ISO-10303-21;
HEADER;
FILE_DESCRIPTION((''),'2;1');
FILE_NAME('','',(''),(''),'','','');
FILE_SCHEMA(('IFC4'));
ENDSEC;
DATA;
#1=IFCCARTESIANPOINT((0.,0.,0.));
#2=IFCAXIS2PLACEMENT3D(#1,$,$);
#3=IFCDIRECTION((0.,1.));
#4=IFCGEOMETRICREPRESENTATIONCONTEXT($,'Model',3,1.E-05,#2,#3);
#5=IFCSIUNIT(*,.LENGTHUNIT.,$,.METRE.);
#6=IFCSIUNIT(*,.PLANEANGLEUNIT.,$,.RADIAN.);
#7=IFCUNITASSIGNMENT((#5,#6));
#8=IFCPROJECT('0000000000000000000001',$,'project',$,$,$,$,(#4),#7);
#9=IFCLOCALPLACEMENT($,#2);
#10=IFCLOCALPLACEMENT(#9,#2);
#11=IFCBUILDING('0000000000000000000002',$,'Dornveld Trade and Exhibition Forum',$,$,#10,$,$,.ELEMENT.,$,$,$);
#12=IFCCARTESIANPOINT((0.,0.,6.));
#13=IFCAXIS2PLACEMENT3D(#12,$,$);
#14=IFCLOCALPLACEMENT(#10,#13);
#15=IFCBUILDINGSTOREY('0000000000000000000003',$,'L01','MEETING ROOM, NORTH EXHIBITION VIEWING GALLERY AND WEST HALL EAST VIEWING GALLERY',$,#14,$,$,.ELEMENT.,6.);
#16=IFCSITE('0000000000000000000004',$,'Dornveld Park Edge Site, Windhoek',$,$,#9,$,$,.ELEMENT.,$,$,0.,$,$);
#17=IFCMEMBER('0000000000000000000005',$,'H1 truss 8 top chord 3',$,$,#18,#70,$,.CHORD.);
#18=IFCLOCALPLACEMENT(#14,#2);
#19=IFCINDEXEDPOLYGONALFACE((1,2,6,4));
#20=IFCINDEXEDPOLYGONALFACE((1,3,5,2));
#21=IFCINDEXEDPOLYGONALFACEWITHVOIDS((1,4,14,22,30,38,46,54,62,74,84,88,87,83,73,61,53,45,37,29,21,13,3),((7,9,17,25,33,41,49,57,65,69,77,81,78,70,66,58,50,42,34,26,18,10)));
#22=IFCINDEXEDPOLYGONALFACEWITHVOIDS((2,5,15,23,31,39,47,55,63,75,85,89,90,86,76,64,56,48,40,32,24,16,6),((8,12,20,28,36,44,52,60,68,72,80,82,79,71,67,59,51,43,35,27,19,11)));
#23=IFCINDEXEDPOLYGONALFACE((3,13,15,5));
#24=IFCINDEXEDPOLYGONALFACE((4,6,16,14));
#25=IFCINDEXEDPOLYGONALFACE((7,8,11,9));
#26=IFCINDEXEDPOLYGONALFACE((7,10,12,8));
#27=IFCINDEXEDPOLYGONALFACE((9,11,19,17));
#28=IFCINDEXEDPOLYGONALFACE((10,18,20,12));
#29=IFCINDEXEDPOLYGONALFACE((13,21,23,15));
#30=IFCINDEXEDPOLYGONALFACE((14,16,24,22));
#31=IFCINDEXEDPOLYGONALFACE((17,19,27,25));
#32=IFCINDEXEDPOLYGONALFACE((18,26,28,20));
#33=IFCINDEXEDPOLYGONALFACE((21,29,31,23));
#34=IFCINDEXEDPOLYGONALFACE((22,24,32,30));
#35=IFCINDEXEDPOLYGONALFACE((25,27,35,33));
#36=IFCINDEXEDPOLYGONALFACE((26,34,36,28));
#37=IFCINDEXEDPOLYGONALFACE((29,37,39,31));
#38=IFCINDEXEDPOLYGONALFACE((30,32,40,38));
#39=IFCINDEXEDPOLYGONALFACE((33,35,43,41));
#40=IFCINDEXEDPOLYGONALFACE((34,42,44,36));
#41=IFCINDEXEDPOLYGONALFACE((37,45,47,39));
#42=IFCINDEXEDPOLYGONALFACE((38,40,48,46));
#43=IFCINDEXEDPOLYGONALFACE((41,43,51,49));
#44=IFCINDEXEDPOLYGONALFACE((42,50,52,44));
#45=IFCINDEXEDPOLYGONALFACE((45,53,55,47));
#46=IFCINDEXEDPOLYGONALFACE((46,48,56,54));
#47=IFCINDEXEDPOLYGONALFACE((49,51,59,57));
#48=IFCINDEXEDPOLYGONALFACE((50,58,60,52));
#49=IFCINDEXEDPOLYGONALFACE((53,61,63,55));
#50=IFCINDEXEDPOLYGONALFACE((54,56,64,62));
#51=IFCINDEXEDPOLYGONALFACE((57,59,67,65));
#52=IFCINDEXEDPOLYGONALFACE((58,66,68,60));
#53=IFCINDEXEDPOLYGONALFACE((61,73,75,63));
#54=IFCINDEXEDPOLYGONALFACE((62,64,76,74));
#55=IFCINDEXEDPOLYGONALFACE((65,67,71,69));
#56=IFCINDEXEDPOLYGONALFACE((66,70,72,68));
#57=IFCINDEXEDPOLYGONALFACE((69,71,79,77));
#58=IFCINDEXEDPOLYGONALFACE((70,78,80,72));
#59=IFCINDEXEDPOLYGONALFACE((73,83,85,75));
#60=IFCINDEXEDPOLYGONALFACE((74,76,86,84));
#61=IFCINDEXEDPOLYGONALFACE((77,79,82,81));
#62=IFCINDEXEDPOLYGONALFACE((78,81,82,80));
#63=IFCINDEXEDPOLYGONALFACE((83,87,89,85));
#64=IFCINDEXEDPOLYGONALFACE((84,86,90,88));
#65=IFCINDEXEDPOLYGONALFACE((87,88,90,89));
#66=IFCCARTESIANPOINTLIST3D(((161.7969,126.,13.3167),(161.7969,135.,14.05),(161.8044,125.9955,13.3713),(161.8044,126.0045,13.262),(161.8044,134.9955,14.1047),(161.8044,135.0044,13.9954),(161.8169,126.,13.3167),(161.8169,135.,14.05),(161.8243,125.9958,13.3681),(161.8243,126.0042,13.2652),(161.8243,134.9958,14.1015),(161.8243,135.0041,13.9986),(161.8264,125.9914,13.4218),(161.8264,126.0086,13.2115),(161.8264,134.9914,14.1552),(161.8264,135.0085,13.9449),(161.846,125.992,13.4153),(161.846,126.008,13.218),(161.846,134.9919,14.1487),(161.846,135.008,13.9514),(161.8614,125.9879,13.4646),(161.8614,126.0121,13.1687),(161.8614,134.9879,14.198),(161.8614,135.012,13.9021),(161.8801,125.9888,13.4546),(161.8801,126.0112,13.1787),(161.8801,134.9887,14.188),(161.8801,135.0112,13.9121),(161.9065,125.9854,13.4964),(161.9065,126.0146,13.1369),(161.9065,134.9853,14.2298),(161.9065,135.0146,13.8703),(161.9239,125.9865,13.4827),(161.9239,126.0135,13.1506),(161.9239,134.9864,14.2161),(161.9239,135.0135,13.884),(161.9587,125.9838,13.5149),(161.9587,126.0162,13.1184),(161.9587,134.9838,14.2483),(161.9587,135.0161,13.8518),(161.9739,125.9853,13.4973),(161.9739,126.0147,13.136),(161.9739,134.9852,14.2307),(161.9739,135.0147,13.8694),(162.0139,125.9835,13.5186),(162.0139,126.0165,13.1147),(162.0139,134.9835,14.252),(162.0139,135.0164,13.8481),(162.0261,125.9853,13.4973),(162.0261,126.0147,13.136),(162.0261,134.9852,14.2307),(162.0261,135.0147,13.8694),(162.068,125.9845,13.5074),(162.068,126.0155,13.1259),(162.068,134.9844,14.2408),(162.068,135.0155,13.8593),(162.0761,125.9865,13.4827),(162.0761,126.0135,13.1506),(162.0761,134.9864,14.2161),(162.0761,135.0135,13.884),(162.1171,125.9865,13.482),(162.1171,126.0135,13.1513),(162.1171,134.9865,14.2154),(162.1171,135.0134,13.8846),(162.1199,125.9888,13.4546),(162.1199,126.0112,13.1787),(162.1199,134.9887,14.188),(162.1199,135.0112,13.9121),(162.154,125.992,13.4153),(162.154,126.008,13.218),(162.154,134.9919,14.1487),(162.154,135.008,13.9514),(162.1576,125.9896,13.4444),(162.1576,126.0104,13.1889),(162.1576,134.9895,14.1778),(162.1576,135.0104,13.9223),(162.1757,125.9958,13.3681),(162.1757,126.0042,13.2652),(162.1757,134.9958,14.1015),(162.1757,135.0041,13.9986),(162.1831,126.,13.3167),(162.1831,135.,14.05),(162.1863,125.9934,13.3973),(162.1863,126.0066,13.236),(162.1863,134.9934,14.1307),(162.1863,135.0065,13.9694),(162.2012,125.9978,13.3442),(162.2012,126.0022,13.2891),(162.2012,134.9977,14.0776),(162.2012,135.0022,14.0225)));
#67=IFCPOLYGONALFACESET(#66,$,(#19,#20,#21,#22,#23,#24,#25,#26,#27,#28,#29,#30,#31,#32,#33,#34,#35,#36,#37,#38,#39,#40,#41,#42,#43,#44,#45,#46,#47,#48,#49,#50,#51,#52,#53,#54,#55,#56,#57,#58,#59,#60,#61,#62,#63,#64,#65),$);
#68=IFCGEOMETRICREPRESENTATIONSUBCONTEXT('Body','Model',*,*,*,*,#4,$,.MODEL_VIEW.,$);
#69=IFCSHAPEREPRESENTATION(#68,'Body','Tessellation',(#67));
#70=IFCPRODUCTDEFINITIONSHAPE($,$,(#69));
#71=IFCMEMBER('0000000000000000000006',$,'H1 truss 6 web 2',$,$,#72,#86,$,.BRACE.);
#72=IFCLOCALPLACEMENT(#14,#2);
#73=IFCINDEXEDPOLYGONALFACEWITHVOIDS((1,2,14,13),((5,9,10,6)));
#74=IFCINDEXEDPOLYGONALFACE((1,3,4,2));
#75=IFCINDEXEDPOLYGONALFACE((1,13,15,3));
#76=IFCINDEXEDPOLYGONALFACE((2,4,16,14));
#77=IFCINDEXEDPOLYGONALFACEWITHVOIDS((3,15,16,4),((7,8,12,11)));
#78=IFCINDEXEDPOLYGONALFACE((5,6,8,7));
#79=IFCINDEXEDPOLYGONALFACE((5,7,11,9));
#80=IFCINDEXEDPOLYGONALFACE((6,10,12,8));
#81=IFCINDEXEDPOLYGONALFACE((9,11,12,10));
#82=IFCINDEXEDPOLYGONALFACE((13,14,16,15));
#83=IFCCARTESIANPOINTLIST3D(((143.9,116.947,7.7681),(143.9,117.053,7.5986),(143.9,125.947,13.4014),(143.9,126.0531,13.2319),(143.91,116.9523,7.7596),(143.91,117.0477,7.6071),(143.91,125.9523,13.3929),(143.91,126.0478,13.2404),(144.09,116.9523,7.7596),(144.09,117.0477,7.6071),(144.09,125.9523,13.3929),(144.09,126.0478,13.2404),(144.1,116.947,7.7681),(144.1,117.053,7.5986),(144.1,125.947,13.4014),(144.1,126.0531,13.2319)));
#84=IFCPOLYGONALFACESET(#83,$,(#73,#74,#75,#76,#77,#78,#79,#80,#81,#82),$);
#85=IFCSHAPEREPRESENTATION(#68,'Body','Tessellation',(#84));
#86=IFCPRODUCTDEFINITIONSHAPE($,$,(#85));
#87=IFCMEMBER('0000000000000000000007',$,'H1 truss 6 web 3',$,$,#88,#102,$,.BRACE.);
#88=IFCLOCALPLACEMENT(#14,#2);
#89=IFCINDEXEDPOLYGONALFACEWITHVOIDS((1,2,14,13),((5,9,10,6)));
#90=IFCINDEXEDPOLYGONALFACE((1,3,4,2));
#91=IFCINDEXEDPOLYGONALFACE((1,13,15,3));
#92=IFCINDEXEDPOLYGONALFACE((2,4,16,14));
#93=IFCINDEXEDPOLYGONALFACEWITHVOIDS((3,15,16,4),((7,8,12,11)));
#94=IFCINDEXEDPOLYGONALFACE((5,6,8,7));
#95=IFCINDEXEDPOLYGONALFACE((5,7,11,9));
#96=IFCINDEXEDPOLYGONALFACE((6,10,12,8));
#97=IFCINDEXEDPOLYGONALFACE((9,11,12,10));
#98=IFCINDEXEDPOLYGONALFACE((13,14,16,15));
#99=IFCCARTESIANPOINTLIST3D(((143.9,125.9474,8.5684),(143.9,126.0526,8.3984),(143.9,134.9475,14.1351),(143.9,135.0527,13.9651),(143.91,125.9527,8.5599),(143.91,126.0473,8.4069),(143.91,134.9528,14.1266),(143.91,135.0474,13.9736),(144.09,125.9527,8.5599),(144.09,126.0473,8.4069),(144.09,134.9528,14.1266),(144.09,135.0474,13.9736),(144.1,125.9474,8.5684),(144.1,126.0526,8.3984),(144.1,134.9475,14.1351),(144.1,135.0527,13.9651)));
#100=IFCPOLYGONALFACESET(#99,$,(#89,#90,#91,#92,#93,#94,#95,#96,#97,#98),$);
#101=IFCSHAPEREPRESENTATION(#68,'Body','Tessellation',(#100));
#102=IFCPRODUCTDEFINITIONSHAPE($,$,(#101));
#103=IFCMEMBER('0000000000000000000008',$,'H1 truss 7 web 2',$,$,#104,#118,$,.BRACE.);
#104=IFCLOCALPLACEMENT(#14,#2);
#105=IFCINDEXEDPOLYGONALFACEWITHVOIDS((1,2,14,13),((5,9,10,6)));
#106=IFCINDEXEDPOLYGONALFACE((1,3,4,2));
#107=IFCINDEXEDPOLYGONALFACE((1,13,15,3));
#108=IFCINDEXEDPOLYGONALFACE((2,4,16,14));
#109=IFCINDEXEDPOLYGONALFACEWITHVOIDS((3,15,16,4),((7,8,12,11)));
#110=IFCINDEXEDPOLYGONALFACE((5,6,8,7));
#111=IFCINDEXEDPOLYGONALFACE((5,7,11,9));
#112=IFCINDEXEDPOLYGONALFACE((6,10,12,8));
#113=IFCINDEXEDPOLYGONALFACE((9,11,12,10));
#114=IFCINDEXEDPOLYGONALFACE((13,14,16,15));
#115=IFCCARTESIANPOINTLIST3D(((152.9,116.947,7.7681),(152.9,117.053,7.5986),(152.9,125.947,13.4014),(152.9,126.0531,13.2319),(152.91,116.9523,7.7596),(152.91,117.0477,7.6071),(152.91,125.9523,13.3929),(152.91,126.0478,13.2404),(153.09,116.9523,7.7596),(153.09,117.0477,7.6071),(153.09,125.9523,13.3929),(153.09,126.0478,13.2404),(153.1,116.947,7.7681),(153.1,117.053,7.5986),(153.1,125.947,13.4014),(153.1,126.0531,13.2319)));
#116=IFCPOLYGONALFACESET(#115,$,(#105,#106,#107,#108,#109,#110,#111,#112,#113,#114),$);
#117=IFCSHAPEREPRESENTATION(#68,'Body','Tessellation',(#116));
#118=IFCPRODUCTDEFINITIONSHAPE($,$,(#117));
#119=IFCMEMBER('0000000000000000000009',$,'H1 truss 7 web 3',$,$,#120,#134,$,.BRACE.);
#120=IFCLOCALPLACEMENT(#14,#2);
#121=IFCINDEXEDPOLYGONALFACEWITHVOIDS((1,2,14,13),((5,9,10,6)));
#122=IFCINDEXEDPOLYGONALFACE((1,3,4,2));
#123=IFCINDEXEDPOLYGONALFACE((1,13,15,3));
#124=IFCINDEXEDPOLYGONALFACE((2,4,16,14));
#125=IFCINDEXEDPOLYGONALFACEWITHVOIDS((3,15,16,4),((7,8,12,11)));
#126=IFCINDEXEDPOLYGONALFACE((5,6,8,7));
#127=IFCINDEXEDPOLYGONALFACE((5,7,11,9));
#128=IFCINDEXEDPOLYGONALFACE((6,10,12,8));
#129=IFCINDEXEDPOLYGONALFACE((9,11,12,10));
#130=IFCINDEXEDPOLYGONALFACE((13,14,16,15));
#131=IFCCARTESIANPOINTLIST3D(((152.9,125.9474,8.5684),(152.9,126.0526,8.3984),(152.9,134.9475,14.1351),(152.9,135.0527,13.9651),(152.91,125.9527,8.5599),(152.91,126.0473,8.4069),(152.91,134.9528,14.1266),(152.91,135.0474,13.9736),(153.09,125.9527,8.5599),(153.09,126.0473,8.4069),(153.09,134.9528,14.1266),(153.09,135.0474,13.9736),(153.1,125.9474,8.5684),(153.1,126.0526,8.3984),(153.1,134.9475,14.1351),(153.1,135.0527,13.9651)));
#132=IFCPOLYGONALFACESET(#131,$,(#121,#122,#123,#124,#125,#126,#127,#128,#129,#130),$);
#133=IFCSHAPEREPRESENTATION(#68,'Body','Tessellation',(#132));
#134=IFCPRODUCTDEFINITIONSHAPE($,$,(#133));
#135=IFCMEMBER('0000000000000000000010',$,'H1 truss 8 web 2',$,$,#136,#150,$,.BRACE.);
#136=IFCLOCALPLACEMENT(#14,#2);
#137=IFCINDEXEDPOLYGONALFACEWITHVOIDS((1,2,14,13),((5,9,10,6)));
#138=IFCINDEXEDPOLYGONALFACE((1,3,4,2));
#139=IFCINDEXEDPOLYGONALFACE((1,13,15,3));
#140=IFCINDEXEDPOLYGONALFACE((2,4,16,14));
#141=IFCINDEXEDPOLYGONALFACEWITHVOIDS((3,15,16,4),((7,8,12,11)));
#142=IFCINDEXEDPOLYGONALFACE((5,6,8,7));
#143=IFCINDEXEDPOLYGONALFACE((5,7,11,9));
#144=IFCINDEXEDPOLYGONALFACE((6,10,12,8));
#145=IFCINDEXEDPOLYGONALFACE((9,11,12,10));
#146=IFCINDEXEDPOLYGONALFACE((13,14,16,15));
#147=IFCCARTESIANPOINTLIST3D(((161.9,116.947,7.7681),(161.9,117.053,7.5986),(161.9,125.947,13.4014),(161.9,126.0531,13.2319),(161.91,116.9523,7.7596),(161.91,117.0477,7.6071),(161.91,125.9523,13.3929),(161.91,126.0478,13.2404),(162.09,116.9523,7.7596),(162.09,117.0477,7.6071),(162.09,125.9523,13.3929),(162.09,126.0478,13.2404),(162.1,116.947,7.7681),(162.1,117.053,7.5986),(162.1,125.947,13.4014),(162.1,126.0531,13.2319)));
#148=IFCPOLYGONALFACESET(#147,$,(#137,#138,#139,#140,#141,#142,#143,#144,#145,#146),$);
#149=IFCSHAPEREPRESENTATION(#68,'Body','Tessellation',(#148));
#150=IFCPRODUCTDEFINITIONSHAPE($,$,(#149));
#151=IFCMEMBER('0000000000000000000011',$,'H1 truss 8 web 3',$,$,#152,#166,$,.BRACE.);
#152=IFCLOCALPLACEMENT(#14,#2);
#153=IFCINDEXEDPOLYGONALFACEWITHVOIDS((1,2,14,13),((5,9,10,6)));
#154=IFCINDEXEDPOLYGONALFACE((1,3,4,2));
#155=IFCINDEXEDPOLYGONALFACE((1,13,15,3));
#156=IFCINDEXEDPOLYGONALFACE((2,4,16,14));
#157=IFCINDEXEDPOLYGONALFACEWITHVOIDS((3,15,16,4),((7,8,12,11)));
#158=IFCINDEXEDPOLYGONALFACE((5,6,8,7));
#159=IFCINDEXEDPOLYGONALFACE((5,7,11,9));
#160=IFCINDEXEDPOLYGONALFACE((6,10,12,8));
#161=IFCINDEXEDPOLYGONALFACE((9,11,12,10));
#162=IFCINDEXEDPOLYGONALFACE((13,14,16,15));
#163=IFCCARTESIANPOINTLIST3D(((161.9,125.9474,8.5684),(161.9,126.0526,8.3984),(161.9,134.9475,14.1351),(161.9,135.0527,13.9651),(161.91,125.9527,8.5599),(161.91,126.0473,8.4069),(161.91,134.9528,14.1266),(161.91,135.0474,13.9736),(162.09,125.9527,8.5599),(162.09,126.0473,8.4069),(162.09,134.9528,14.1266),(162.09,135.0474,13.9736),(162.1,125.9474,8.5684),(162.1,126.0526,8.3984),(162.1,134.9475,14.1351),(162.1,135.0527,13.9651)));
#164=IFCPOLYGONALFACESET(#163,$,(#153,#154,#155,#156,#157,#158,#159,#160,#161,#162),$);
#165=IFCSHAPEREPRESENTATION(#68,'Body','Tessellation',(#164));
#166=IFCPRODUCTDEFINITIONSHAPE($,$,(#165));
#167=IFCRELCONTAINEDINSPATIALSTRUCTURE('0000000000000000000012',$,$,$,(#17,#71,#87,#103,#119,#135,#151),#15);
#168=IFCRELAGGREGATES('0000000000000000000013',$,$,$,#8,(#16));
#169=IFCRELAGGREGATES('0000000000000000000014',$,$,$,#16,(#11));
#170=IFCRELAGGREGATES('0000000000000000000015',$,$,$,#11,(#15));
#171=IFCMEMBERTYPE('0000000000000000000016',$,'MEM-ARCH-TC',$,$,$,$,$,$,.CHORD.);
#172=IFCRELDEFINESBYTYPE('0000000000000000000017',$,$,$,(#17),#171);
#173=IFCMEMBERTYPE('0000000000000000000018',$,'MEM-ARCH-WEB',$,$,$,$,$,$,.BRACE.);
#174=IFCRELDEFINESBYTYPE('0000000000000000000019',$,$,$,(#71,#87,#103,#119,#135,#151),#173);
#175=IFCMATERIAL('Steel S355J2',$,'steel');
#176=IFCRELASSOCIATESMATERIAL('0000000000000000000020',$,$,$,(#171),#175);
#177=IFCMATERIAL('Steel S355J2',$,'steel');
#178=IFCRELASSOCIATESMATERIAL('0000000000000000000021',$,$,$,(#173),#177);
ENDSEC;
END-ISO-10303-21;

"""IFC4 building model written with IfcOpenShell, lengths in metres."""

from ifc_helpers import new_model, si_unit, direction, frame, origin, origin_2d, place, context, subcontext, project, spatial, hollow_rectangle, hollow_circle, extrude, material, material_profile, profile_set, type_object, element, save


model = new_model("IFC4")

# Units and contexts
model_context = context("Model", 3, precision=1e-05, world=origin(), true_north=direction((0.0, 1.0)))
body_context = subcontext(model_context, "Body", "Model", "MODEL_VIEW")
ifc_project = project(units=[si_unit("LENGTHUNIT", "METRE"), si_unit("PLANEANGLEUNIT", "RADIAN")], contexts=[model_context])

# Site, building, storey
site_placement = place(None, origin())
site = spatial("IfcSite", under=ifc_project, at=site_placement, Name="Dornveld Park Edge Site, Windhoek", CompositionType="ELEMENT", RefElevation=0.0)
building_placement = place(site_placement, origin())
building = spatial("IfcBuilding", under=site, at=building_placement, Name="Dornveld Trade and Exhibition Forum", CompositionType="ELEMENT")
storey_placement = place(building_placement, frame((0.0, 0.0, 6.0)))
storey = spatial("IfcBuildingStorey", under=building, at=storey_placement, Name="L01", Description="MEETING ROOM, NORTH EXHIBITION VIEWING GALLERY AND WEST HALL EAST VIEWING GALLERY", CompositionType="ELEMENT", Elevation=6.0)

# Members
ifc_material_1 = material(Name="Steel S355J2", Category="steel")
ifc_material_profile_1 = material_profile(ifc_material_1, hollow_circle(Radius=0.2031, WallThickness=0.02, at=origin_2d()), Name="CHS 406.4x20")
ifc_profile_set_1 = profile_set([ifc_material_profile_1], Name="Steel S355J2")
member_type_1 = type_object("IfcMemberType", Name="MEM-ARCH-TC", PredefinedType="CHORD", material=ifc_profile_set_1)
member_1_placement = place(storey_placement, frame((162.0, 126.0, 13.3167), z_axis=(0.0, 0.996696, 0.081219), x_axis=(-1.0, 0.0, 0.0)))
element("IfcMember", 1, at=member_1_placement, inside=storey, type_object=member_type_1, Name="H1 truss 8 top chord 3", PredefinedType="CHORD", context=body_context, shape_type="SweptSolid", body=[
    extrude(hollow_circle(Radius=0.2031, WallThickness=0.02, at=origin_2d()), origin(), (0.0, 0.0, 1.0), 9.0298),
])
ifc_material_2 = material(Name="Steel S355J2", Category="steel")
ifc_material_profile_2 = material_profile(ifc_material_2, hollow_rectangle(XDim=0.2, YDim=0.2, WallThickness=0.01, at=origin_2d()), Name="SHS 200x200x10")
ifc_profile_set_2 = profile_set([ifc_material_profile_2], Name="Steel S355J2")
member_type_2 = type_object("IfcMemberType", Name="MEM-ARCH-WEB", PredefinedType="BRACE", material=ifc_profile_set_2)
member_2_placement = place(storey_placement, frame((144.0, 117.0, 7.6833), z_axis=(0.0, 0.847647, 0.530561), x_axis=(-1.0, 0.0, 0.0)))
element("IfcMember", 2, at=member_2_placement, inside=storey, type_object=member_type_2, Name="H1 truss 6 web 2", PredefinedType="BRACE", context=body_context, shape_type="SweptSolid", body=[
    extrude(hollow_rectangle(XDim=0.2, YDim=0.2, WallThickness=0.01, at=origin_2d()), origin(), (0.0, 0.0, 1.0), 10.6177),
])
member_3_placement = place(storey_placement, frame((144.0, 126.0, 8.4834), z_axis=(0.0, 0.850467, 0.526028), x_axis=(-1.0, 0.0, 0.0)))
element("IfcMember", 3, at=member_3_placement, inside=storey, type_object=member_type_2, Name="H1 truss 6 web 3", PredefinedType="BRACE", context=body_context, shape_type="SweptSolid", body=[
    extrude(hollow_rectangle(XDim=0.2, YDim=0.2, WallThickness=0.01, at=origin_2d()), origin(), (0.0, 0.0, 1.0), 10.5825),
])
member_4_placement = place(storey_placement, frame((153.0, 117.0, 7.6833), z_axis=(0.0, 0.847647, 0.530561), x_axis=(-1.0, 0.0, 0.0)))
element("IfcMember", 4, at=member_4_placement, inside=storey, type_object=member_type_2, Name="H1 truss 7 web 2", PredefinedType="BRACE", context=body_context, shape_type="SweptSolid", body=[
    extrude(hollow_rectangle(XDim=0.2, YDim=0.2, WallThickness=0.01, at=origin_2d()), origin(), (0.0, 0.0, 1.0), 10.6177),
])
member_5_placement = place(storey_placement, frame((153.0, 126.0, 8.4834), z_axis=(0.0, 0.850467, 0.526028), x_axis=(-1.0, 0.0, 0.0)))
element("IfcMember", 5, at=member_5_placement, inside=storey, type_object=member_type_2, Name="H1 truss 7 web 3", PredefinedType="BRACE", context=body_context, shape_type="SweptSolid", body=[
    extrude(hollow_rectangle(XDim=0.2, YDim=0.2, WallThickness=0.01, at=origin_2d()), origin(), (0.0, 0.0, 1.0), 10.5825),
])
member_6_placement = place(storey_placement, frame((162.0, 117.0, 7.6833), z_axis=(0.0, 0.847647, 0.530561), x_axis=(-1.0, 0.0, 0.0)))
element("IfcMember", 6, at=member_6_placement, inside=storey, type_object=member_type_2, Name="H1 truss 8 web 2", PredefinedType="BRACE", context=body_context, shape_type="SweptSolid", body=[
    extrude(hollow_rectangle(XDim=0.2, YDim=0.2, WallThickness=0.01, at=origin_2d()), origin(), (0.0, 0.0, 1.0), 10.6177),
])
member_7_placement = place(storey_placement, frame((162.0, 126.0, 8.4834), z_axis=(0.0, 0.850467, 0.526028), x_axis=(-1.0, 0.0, 0.0)))
element("IfcMember", 7, at=member_7_placement, inside=storey, type_object=member_type_2, Name="H1 truss 8 web 3", PredefinedType="BRACE", context=body_context, shape_type="SweptSolid", body=[
    extrude(hollow_rectangle(XDim=0.2, YDim=0.2, WallThickness=0.01, at=origin_2d()), origin(), (0.0, 0.0, 1.0), 10.5825),
])

save(model, "model.ifc")
